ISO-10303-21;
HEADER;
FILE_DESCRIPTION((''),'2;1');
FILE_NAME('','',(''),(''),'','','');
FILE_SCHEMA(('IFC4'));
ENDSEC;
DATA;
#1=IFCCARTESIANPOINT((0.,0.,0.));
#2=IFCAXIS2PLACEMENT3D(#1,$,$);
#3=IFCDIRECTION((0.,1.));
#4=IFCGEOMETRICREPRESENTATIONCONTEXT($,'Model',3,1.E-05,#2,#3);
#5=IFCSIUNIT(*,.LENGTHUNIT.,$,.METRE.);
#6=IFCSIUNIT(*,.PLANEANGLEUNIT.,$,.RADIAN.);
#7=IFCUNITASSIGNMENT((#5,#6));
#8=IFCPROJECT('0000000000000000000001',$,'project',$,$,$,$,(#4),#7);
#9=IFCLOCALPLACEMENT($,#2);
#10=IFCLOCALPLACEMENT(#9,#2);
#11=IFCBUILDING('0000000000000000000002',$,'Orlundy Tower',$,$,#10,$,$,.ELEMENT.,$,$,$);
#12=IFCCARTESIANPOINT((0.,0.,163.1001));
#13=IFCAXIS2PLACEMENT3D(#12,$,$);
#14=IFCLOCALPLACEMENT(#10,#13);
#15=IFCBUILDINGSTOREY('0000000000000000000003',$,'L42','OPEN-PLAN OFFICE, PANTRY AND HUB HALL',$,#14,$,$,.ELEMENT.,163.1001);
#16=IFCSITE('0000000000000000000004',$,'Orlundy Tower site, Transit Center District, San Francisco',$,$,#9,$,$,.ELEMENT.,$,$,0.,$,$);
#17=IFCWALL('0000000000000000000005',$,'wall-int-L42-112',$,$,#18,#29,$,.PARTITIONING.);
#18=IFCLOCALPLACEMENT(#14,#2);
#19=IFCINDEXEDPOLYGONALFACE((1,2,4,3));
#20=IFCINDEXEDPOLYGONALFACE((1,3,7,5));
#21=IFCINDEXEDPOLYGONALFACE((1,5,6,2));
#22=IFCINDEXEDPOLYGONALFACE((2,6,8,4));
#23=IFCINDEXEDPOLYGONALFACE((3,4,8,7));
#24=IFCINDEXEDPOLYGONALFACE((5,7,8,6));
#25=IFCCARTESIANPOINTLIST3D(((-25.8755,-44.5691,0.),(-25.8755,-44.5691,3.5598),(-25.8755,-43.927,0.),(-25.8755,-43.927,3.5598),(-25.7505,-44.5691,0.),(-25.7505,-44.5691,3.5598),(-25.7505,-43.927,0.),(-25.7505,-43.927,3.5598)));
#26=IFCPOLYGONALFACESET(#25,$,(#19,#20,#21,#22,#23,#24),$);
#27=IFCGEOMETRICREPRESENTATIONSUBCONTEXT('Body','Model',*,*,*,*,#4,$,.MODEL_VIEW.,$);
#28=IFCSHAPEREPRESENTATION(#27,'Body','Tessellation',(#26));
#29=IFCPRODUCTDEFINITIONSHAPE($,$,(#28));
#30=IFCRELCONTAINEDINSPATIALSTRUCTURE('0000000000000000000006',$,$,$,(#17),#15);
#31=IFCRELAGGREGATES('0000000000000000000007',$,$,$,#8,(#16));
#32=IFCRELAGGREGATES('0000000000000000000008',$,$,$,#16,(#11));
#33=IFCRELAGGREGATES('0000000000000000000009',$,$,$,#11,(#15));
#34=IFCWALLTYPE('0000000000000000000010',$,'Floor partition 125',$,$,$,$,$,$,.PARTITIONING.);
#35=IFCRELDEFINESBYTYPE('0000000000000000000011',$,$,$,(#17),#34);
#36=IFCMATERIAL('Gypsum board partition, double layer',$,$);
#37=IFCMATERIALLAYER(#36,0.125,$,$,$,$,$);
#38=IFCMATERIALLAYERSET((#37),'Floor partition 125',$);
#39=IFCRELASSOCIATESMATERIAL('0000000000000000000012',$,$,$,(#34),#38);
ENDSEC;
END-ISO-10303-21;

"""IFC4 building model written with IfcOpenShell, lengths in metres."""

from ifc_helpers import new_model, si_unit, direction, frame, frame_2d, origin, place, context, subcontext, project, spatial, rectangle, extrude, material, layer, layer_set, type_object, element, save


model = new_model("IFC4")

# Units and contexts
model_context = context("Model", 3, precision=1e-05, world=origin(), true_north=direction((0.0, 1.0)))
body_context = subcontext(model_context, "Body", "Model", "MODEL_VIEW")
ifc_project = project(units=[si_unit("LENGTHUNIT", "METRE"), si_unit("PLANEANGLEUNIT", "RADIAN")], contexts=[model_context])

# Site, building, storey
site_placement = place(None, origin())
site = spatial("IfcSite", under=ifc_project, at=site_placement, Name="Orlundy Tower site, Transit Center District, San Francisco", CompositionType="ELEMENT", RefElevation=0.0)
building_placement = place(site_placement, origin())
building = spatial("IfcBuilding", under=site, at=building_placement, Name="Orlundy Tower", CompositionType="ELEMENT")
storey_placement = place(building_placement, frame((0.0, 0.0, 163.1001)))
storey = spatial("IfcBuildingStorey", under=building, at=storey_placement, Name="L42", Description="OPEN-PLAN OFFICE, PANTRY AND HUB HALL", CompositionType="ELEMENT", Elevation=163.1001)

# Shared definitions
ifc_material_1 = material(Name="Gypsum board partition, double layer")
ifc_layer_1 = layer(ifc_material_1, 0.125)
ifc_layer_set_1 = layer_set([ifc_layer_1], Name="Floor partition 125")
wall_type_1 = type_object("IfcWallType", Name="Floor partition 125", PredefinedType="PARTITIONING", material=ifc_layer_set_1)

# Wall
wall_1_placement = place(storey_placement, frame((-25.813, -44.5691, 0.0), z_axis=(0.0, 0.0, 1.0), x_axis=(0.0, 1.0, 0.0)))
element("IfcWall", 1, at=wall_1_placement, inside=storey, type_object=wall_type_1, Name="wall-int-L42-112", PredefinedType="PARTITIONING", context=body_context, shape_type="SweptSolid", body=[
    extrude(rectangle(XDim=0.6421, YDim=0.125, at=frame_2d((0.321, 0.0))), origin(), (0.0, 0.0, 1.0), 3.5598),
])

save(model, "model.ifc")
